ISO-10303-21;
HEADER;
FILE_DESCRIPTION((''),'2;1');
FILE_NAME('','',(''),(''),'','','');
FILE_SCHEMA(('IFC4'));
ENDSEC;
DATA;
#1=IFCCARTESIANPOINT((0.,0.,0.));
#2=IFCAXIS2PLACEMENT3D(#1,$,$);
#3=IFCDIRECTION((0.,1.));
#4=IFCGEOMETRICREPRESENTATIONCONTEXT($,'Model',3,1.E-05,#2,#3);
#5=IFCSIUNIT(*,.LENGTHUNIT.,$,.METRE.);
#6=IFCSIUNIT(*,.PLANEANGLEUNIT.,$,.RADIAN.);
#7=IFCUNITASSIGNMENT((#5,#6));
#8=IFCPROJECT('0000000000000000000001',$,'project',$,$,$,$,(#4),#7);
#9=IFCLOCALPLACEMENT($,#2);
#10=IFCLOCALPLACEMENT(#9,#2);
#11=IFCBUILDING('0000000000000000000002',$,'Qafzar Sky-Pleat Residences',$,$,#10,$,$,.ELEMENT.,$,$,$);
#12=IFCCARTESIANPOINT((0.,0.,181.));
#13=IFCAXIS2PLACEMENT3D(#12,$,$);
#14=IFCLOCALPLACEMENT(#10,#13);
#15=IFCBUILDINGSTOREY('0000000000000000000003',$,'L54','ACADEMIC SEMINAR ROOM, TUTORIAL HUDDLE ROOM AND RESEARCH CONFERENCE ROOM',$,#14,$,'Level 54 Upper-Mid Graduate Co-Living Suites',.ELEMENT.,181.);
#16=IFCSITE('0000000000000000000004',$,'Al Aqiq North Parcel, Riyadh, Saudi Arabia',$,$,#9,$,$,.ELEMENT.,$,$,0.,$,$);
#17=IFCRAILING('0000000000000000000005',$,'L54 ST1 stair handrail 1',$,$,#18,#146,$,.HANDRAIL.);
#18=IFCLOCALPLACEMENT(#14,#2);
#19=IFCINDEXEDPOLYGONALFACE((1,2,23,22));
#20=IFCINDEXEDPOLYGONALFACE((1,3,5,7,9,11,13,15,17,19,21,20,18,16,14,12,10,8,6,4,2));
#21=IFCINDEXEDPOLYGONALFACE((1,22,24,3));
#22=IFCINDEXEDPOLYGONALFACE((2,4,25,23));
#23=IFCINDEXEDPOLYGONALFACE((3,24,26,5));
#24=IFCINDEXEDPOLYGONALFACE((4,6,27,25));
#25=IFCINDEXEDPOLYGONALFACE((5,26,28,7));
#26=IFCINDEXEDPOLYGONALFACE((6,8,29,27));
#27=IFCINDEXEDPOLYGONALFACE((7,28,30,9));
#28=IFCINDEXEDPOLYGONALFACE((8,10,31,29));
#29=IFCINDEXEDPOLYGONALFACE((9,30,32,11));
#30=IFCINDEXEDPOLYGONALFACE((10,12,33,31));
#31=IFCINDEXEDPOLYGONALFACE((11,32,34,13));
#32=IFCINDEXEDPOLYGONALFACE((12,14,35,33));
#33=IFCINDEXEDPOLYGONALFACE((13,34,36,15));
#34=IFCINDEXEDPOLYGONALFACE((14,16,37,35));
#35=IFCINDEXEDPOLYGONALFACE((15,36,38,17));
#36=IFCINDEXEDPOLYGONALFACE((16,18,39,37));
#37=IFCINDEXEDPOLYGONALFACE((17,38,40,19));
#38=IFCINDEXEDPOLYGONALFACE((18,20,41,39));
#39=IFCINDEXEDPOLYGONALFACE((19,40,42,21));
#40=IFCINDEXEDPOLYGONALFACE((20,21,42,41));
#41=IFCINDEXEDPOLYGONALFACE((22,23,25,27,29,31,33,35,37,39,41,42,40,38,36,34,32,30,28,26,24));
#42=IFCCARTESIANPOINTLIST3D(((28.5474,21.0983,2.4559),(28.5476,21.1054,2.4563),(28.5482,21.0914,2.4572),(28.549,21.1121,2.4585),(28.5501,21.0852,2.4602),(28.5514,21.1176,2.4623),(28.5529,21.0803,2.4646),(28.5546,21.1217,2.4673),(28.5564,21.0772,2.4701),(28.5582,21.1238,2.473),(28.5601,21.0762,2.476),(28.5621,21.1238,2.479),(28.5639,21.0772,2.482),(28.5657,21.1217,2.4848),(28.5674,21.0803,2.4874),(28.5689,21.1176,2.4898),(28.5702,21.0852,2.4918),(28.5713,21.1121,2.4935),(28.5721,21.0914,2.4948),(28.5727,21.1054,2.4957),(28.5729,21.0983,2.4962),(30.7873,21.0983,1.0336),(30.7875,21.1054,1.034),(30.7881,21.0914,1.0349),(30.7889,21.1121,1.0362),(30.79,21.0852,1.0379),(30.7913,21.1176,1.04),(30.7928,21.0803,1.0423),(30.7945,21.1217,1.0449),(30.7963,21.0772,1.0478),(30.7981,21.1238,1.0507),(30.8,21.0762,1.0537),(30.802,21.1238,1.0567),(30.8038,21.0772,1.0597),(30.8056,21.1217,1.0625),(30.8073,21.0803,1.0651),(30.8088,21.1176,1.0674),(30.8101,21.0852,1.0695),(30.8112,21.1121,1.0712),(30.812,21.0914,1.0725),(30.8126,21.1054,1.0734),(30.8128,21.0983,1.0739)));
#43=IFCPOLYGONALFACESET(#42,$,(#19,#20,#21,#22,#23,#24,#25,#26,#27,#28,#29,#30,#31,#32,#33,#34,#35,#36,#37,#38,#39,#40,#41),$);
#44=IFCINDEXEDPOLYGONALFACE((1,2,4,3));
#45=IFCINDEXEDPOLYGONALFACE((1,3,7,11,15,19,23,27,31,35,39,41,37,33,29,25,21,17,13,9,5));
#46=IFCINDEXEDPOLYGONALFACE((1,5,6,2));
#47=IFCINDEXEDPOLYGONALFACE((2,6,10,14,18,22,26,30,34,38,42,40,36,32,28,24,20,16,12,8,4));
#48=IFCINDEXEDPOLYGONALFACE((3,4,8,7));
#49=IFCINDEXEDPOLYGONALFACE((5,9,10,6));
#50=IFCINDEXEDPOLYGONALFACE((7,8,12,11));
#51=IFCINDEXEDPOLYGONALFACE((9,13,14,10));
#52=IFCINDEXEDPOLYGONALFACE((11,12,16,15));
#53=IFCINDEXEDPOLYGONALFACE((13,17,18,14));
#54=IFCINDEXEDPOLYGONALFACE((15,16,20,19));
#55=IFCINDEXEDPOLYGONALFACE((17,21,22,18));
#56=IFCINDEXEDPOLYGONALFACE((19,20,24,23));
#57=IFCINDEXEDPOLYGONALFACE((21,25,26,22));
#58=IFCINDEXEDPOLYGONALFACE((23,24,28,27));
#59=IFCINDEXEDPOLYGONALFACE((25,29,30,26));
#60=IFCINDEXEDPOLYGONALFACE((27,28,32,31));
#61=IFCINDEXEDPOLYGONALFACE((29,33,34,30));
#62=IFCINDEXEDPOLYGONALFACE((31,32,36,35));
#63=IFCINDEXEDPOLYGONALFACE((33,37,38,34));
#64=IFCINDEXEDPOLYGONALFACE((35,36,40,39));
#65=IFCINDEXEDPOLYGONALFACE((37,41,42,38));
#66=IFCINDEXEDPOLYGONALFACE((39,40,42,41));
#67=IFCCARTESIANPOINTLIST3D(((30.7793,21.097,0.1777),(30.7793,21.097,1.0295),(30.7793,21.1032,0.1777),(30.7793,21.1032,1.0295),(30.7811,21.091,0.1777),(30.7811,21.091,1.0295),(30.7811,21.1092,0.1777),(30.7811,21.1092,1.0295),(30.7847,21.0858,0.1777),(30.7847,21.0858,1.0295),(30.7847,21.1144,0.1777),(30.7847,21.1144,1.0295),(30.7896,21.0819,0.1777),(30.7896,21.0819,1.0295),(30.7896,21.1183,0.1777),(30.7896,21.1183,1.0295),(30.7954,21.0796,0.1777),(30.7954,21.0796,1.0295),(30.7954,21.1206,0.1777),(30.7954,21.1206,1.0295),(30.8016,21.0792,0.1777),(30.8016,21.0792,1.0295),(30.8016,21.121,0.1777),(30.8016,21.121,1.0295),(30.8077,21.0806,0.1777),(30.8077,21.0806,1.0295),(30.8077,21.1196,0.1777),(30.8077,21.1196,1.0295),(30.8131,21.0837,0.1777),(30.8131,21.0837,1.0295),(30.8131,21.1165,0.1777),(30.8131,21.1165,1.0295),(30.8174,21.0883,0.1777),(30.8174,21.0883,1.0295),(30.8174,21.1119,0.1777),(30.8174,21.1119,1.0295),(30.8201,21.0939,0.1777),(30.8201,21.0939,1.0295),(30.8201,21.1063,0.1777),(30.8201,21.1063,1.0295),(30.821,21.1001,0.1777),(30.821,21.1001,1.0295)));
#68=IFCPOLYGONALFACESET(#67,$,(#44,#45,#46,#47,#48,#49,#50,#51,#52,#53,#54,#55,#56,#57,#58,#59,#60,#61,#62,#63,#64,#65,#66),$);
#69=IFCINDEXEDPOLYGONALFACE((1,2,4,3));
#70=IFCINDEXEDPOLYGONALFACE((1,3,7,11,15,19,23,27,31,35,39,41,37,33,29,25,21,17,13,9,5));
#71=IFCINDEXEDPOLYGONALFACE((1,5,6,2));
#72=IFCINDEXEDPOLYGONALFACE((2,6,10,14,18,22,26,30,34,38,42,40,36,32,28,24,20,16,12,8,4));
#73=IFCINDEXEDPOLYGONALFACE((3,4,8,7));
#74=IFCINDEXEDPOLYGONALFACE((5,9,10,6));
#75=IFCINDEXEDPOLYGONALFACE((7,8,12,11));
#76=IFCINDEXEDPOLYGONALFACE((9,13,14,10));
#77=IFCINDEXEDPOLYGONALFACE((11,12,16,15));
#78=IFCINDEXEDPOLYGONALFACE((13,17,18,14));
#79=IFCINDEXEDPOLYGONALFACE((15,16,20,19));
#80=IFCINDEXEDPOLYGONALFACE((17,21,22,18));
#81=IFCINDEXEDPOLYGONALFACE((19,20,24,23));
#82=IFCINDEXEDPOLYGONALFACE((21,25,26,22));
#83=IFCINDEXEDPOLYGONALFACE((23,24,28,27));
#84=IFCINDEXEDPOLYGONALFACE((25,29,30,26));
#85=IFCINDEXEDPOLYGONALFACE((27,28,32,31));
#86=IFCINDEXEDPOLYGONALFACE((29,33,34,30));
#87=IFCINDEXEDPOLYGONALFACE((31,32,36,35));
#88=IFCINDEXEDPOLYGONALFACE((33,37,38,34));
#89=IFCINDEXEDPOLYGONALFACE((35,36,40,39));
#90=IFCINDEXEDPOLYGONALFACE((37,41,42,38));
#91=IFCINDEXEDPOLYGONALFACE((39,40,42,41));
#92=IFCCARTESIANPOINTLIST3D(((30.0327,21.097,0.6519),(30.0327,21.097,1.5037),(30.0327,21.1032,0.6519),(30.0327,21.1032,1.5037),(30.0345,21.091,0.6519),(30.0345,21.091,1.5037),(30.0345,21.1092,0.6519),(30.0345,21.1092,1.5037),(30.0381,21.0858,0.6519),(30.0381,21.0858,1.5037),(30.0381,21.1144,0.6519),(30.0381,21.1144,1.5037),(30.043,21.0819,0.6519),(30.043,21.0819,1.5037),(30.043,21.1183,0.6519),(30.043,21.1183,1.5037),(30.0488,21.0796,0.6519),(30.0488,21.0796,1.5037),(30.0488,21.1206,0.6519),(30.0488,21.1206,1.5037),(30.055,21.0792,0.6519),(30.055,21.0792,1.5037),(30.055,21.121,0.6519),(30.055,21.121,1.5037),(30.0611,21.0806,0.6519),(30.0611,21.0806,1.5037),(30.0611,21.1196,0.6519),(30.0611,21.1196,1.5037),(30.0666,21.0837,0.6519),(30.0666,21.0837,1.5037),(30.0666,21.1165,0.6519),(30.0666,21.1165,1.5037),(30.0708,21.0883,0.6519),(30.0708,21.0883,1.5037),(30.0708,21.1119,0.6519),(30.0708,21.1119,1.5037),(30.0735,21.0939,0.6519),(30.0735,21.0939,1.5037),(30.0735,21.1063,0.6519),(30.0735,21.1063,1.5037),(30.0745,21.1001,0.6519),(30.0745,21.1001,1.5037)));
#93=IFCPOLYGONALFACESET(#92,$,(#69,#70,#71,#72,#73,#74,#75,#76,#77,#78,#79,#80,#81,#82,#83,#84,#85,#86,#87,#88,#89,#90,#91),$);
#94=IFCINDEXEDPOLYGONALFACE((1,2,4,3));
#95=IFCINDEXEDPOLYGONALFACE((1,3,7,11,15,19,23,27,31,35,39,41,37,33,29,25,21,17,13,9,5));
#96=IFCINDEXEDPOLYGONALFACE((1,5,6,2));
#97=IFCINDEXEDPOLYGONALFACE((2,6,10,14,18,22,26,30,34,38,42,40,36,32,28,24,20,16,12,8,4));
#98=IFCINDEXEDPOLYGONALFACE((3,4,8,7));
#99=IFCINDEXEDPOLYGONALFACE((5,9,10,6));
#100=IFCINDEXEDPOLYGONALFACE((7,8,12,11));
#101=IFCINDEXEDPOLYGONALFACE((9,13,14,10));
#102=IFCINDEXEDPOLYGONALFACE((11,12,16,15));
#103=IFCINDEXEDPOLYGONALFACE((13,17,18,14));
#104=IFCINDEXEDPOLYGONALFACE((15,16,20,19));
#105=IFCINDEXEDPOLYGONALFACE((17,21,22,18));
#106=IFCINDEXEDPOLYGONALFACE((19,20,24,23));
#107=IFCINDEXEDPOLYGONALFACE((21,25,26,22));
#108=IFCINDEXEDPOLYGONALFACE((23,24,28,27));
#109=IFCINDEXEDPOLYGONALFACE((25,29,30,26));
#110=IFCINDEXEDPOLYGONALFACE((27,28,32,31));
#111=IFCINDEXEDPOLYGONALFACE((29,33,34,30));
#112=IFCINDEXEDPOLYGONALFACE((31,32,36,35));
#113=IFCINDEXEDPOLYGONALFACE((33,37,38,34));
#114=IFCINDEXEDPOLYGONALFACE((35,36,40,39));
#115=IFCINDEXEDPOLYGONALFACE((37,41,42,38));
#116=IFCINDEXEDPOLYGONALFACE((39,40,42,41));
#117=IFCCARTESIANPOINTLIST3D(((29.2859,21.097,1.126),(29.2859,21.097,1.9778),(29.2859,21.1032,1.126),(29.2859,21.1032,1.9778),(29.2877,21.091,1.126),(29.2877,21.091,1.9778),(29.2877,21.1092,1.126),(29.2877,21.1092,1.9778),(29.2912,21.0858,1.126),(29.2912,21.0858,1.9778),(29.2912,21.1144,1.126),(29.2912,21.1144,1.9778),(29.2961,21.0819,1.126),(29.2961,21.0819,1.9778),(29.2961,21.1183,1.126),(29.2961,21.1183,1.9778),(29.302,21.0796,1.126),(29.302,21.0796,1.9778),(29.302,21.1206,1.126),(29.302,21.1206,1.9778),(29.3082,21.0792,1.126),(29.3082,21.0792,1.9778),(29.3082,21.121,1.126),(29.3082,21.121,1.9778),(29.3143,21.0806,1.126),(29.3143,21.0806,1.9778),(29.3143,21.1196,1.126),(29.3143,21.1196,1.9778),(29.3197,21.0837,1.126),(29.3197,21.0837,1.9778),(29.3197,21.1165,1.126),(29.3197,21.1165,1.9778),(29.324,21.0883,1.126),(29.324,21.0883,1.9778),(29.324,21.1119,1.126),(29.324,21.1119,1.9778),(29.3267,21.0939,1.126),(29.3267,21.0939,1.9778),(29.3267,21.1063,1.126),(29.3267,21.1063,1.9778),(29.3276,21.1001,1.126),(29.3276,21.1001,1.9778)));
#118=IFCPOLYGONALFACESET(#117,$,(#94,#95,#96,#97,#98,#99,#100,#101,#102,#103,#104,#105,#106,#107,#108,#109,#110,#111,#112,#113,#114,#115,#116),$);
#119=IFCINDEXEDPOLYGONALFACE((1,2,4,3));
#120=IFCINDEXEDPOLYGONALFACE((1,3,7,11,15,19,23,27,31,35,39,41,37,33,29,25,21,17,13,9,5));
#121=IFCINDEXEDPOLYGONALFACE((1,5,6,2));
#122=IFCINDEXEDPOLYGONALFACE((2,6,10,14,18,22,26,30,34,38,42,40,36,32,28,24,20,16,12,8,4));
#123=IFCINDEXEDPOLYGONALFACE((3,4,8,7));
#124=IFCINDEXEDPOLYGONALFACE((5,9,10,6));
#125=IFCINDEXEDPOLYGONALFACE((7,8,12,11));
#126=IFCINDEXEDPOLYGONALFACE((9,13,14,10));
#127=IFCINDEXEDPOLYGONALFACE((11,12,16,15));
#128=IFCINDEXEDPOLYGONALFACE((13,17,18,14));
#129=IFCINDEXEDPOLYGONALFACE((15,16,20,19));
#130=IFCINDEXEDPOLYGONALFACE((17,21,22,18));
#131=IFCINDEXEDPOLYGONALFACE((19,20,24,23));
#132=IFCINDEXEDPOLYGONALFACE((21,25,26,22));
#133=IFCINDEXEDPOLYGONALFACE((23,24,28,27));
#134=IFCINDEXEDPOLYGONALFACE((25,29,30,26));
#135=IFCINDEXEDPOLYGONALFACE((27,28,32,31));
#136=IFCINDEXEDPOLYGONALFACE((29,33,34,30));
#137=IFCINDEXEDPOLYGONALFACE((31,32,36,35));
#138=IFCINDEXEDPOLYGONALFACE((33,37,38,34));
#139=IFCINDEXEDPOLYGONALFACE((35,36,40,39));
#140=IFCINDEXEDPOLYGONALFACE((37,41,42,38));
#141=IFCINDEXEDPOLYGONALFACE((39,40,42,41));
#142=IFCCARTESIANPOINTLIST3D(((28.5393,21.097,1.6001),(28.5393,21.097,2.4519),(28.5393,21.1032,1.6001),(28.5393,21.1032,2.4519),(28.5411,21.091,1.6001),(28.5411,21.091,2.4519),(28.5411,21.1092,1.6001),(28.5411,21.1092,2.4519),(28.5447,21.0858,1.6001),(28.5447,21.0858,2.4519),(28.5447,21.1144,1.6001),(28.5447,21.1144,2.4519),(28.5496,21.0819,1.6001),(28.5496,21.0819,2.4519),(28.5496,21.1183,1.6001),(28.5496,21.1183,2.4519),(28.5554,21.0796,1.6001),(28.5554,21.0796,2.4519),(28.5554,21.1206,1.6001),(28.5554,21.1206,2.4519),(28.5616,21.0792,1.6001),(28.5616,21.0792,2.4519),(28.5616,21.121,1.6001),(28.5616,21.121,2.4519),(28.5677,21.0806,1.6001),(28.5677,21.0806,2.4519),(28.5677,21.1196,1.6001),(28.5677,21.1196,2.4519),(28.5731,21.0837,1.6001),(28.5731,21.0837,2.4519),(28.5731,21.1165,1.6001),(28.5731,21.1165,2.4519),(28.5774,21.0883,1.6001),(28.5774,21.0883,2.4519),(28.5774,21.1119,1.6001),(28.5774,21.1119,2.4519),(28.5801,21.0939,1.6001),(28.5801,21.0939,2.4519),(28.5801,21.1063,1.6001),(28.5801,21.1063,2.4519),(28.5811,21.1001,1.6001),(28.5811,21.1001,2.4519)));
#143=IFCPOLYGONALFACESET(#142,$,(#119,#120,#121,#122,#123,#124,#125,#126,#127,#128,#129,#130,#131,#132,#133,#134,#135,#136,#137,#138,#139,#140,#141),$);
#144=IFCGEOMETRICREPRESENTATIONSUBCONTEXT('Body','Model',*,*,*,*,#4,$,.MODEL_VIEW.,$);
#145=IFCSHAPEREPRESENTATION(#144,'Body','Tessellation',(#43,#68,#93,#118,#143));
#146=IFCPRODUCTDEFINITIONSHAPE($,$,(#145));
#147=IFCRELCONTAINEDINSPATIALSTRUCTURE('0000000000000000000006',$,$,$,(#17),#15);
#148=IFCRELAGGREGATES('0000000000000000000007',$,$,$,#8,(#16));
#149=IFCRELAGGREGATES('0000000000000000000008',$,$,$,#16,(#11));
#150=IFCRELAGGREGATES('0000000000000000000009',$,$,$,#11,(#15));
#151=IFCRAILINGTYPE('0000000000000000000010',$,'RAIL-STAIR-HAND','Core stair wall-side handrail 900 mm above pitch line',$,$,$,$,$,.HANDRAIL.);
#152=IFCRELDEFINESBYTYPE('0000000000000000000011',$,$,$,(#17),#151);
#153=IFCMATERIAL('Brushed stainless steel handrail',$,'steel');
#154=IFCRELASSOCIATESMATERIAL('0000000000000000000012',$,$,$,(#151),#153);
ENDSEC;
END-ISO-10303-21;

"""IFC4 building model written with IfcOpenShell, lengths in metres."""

from ifc_helpers import new_model, si_unit, direction, frame, origin, origin_2d, place, context, subcontext, project, spatial, circle, extrude, source, transform, mapped, material, type_object, element, save


model = new_model("IFC4")

# Units and contexts
model_context = context("Model", 3, precision=1e-05, world=origin(), true_north=direction((0.0, 1.0)))
body_context = subcontext(model_context, "Body", "Model", "MODEL_VIEW")
ifc_project = project(units=[si_unit("LENGTHUNIT", "METRE"), si_unit("PLANEANGLEUNIT", "RADIAN")], contexts=[model_context])

# Site, building, storey
site_placement = place(None, origin())
site = spatial("IfcSite", under=ifc_project, at=site_placement, Name="Al Aqiq North Parcel, Riyadh, Saudi Arabia", CompositionType="ELEMENT", RefElevation=0.0)
building_placement = place(site_placement, origin())
building = spatial("IfcBuilding", under=site, at=building_placement, Name="Qafzar Sky-Pleat Residences", CompositionType="ELEMENT")
storey_placement = place(building_placement, frame((0.0, 0.0, 181.0)))
storey = spatial("IfcBuildingStorey", under=building, at=storey_placement, Name="L54", Description="ACADEMIC SEMINAR ROOM, TUTORIAL HUDDLE ROOM AND RESEARCH CONFERENCE ROOM", LongName="Level 54 Upper-Mid Graduate Co-Living Suites", CompositionType="ELEMENT", Elevation=181.0)

# Railing
ifc_material_1 = material(Name="Brushed stainless steel handrail", Category="steel")
railing_type_1 = type_object("IfcRailingType", Name="RAIL-STAIR-HAND", Description="Core stair wall-side handrail 900 mm above pitch line", PredefinedType="HANDRAIL", material=ifc_material_1)
shared_shape_1 = source(origin(), body_context, "Body", "SweptSolid", [
    extrude(circle(Radius=0.0239, at=origin_2d()), frame((0.0, 0.0, 0.876), z_axis=(-0.844188, 0.0, 0.536048), x_axis=(0.0, -1.0, 0.0)), (0.0, 0.0, 1.0), 2.6533),
    extrude(circle(Radius=0.021, at=origin_2d()), origin(), (0.0, 0.0, 1.0), 0.8518),
    extrude(circle(Radius=0.021, at=origin_2d()), frame((-0.7466, 0.0, 0.4741)), (0.0, 0.0, 1.0), 0.8518),
    extrude(circle(Radius=0.021, at=origin_2d()), frame((-1.4934, 0.0, 0.9482)), (0.0, 0.0, 1.0), 0.8518),
    extrude(circle(Radius=0.021, at=origin_2d()), frame((-2.24, 0.0, 1.4224)), (0.0, 0.0, 1.0), 0.8518),
])
railing_1_placement = place(storey_placement, frame((30.8, 21.1001, 0.1777)))
element("IfcRailing", 1, at=railing_1_placement, inside=storey, type_object=railing_type_1, Name="L54 ST1 stair handrail 1", PredefinedType="HANDRAIL", context=body_context, shape_type="MappedRepresentation", body=[
    mapped(shared_shape_1, transform((0.0, 0.0, 0.0), x_axis=(1.0, 0.0, 0.0), y_axis=(0.0, 1.0, 0.0), z_axis=(0.0, 0.0, 1.0), scale=1.0)),
])

save(model, "model.ifc")
